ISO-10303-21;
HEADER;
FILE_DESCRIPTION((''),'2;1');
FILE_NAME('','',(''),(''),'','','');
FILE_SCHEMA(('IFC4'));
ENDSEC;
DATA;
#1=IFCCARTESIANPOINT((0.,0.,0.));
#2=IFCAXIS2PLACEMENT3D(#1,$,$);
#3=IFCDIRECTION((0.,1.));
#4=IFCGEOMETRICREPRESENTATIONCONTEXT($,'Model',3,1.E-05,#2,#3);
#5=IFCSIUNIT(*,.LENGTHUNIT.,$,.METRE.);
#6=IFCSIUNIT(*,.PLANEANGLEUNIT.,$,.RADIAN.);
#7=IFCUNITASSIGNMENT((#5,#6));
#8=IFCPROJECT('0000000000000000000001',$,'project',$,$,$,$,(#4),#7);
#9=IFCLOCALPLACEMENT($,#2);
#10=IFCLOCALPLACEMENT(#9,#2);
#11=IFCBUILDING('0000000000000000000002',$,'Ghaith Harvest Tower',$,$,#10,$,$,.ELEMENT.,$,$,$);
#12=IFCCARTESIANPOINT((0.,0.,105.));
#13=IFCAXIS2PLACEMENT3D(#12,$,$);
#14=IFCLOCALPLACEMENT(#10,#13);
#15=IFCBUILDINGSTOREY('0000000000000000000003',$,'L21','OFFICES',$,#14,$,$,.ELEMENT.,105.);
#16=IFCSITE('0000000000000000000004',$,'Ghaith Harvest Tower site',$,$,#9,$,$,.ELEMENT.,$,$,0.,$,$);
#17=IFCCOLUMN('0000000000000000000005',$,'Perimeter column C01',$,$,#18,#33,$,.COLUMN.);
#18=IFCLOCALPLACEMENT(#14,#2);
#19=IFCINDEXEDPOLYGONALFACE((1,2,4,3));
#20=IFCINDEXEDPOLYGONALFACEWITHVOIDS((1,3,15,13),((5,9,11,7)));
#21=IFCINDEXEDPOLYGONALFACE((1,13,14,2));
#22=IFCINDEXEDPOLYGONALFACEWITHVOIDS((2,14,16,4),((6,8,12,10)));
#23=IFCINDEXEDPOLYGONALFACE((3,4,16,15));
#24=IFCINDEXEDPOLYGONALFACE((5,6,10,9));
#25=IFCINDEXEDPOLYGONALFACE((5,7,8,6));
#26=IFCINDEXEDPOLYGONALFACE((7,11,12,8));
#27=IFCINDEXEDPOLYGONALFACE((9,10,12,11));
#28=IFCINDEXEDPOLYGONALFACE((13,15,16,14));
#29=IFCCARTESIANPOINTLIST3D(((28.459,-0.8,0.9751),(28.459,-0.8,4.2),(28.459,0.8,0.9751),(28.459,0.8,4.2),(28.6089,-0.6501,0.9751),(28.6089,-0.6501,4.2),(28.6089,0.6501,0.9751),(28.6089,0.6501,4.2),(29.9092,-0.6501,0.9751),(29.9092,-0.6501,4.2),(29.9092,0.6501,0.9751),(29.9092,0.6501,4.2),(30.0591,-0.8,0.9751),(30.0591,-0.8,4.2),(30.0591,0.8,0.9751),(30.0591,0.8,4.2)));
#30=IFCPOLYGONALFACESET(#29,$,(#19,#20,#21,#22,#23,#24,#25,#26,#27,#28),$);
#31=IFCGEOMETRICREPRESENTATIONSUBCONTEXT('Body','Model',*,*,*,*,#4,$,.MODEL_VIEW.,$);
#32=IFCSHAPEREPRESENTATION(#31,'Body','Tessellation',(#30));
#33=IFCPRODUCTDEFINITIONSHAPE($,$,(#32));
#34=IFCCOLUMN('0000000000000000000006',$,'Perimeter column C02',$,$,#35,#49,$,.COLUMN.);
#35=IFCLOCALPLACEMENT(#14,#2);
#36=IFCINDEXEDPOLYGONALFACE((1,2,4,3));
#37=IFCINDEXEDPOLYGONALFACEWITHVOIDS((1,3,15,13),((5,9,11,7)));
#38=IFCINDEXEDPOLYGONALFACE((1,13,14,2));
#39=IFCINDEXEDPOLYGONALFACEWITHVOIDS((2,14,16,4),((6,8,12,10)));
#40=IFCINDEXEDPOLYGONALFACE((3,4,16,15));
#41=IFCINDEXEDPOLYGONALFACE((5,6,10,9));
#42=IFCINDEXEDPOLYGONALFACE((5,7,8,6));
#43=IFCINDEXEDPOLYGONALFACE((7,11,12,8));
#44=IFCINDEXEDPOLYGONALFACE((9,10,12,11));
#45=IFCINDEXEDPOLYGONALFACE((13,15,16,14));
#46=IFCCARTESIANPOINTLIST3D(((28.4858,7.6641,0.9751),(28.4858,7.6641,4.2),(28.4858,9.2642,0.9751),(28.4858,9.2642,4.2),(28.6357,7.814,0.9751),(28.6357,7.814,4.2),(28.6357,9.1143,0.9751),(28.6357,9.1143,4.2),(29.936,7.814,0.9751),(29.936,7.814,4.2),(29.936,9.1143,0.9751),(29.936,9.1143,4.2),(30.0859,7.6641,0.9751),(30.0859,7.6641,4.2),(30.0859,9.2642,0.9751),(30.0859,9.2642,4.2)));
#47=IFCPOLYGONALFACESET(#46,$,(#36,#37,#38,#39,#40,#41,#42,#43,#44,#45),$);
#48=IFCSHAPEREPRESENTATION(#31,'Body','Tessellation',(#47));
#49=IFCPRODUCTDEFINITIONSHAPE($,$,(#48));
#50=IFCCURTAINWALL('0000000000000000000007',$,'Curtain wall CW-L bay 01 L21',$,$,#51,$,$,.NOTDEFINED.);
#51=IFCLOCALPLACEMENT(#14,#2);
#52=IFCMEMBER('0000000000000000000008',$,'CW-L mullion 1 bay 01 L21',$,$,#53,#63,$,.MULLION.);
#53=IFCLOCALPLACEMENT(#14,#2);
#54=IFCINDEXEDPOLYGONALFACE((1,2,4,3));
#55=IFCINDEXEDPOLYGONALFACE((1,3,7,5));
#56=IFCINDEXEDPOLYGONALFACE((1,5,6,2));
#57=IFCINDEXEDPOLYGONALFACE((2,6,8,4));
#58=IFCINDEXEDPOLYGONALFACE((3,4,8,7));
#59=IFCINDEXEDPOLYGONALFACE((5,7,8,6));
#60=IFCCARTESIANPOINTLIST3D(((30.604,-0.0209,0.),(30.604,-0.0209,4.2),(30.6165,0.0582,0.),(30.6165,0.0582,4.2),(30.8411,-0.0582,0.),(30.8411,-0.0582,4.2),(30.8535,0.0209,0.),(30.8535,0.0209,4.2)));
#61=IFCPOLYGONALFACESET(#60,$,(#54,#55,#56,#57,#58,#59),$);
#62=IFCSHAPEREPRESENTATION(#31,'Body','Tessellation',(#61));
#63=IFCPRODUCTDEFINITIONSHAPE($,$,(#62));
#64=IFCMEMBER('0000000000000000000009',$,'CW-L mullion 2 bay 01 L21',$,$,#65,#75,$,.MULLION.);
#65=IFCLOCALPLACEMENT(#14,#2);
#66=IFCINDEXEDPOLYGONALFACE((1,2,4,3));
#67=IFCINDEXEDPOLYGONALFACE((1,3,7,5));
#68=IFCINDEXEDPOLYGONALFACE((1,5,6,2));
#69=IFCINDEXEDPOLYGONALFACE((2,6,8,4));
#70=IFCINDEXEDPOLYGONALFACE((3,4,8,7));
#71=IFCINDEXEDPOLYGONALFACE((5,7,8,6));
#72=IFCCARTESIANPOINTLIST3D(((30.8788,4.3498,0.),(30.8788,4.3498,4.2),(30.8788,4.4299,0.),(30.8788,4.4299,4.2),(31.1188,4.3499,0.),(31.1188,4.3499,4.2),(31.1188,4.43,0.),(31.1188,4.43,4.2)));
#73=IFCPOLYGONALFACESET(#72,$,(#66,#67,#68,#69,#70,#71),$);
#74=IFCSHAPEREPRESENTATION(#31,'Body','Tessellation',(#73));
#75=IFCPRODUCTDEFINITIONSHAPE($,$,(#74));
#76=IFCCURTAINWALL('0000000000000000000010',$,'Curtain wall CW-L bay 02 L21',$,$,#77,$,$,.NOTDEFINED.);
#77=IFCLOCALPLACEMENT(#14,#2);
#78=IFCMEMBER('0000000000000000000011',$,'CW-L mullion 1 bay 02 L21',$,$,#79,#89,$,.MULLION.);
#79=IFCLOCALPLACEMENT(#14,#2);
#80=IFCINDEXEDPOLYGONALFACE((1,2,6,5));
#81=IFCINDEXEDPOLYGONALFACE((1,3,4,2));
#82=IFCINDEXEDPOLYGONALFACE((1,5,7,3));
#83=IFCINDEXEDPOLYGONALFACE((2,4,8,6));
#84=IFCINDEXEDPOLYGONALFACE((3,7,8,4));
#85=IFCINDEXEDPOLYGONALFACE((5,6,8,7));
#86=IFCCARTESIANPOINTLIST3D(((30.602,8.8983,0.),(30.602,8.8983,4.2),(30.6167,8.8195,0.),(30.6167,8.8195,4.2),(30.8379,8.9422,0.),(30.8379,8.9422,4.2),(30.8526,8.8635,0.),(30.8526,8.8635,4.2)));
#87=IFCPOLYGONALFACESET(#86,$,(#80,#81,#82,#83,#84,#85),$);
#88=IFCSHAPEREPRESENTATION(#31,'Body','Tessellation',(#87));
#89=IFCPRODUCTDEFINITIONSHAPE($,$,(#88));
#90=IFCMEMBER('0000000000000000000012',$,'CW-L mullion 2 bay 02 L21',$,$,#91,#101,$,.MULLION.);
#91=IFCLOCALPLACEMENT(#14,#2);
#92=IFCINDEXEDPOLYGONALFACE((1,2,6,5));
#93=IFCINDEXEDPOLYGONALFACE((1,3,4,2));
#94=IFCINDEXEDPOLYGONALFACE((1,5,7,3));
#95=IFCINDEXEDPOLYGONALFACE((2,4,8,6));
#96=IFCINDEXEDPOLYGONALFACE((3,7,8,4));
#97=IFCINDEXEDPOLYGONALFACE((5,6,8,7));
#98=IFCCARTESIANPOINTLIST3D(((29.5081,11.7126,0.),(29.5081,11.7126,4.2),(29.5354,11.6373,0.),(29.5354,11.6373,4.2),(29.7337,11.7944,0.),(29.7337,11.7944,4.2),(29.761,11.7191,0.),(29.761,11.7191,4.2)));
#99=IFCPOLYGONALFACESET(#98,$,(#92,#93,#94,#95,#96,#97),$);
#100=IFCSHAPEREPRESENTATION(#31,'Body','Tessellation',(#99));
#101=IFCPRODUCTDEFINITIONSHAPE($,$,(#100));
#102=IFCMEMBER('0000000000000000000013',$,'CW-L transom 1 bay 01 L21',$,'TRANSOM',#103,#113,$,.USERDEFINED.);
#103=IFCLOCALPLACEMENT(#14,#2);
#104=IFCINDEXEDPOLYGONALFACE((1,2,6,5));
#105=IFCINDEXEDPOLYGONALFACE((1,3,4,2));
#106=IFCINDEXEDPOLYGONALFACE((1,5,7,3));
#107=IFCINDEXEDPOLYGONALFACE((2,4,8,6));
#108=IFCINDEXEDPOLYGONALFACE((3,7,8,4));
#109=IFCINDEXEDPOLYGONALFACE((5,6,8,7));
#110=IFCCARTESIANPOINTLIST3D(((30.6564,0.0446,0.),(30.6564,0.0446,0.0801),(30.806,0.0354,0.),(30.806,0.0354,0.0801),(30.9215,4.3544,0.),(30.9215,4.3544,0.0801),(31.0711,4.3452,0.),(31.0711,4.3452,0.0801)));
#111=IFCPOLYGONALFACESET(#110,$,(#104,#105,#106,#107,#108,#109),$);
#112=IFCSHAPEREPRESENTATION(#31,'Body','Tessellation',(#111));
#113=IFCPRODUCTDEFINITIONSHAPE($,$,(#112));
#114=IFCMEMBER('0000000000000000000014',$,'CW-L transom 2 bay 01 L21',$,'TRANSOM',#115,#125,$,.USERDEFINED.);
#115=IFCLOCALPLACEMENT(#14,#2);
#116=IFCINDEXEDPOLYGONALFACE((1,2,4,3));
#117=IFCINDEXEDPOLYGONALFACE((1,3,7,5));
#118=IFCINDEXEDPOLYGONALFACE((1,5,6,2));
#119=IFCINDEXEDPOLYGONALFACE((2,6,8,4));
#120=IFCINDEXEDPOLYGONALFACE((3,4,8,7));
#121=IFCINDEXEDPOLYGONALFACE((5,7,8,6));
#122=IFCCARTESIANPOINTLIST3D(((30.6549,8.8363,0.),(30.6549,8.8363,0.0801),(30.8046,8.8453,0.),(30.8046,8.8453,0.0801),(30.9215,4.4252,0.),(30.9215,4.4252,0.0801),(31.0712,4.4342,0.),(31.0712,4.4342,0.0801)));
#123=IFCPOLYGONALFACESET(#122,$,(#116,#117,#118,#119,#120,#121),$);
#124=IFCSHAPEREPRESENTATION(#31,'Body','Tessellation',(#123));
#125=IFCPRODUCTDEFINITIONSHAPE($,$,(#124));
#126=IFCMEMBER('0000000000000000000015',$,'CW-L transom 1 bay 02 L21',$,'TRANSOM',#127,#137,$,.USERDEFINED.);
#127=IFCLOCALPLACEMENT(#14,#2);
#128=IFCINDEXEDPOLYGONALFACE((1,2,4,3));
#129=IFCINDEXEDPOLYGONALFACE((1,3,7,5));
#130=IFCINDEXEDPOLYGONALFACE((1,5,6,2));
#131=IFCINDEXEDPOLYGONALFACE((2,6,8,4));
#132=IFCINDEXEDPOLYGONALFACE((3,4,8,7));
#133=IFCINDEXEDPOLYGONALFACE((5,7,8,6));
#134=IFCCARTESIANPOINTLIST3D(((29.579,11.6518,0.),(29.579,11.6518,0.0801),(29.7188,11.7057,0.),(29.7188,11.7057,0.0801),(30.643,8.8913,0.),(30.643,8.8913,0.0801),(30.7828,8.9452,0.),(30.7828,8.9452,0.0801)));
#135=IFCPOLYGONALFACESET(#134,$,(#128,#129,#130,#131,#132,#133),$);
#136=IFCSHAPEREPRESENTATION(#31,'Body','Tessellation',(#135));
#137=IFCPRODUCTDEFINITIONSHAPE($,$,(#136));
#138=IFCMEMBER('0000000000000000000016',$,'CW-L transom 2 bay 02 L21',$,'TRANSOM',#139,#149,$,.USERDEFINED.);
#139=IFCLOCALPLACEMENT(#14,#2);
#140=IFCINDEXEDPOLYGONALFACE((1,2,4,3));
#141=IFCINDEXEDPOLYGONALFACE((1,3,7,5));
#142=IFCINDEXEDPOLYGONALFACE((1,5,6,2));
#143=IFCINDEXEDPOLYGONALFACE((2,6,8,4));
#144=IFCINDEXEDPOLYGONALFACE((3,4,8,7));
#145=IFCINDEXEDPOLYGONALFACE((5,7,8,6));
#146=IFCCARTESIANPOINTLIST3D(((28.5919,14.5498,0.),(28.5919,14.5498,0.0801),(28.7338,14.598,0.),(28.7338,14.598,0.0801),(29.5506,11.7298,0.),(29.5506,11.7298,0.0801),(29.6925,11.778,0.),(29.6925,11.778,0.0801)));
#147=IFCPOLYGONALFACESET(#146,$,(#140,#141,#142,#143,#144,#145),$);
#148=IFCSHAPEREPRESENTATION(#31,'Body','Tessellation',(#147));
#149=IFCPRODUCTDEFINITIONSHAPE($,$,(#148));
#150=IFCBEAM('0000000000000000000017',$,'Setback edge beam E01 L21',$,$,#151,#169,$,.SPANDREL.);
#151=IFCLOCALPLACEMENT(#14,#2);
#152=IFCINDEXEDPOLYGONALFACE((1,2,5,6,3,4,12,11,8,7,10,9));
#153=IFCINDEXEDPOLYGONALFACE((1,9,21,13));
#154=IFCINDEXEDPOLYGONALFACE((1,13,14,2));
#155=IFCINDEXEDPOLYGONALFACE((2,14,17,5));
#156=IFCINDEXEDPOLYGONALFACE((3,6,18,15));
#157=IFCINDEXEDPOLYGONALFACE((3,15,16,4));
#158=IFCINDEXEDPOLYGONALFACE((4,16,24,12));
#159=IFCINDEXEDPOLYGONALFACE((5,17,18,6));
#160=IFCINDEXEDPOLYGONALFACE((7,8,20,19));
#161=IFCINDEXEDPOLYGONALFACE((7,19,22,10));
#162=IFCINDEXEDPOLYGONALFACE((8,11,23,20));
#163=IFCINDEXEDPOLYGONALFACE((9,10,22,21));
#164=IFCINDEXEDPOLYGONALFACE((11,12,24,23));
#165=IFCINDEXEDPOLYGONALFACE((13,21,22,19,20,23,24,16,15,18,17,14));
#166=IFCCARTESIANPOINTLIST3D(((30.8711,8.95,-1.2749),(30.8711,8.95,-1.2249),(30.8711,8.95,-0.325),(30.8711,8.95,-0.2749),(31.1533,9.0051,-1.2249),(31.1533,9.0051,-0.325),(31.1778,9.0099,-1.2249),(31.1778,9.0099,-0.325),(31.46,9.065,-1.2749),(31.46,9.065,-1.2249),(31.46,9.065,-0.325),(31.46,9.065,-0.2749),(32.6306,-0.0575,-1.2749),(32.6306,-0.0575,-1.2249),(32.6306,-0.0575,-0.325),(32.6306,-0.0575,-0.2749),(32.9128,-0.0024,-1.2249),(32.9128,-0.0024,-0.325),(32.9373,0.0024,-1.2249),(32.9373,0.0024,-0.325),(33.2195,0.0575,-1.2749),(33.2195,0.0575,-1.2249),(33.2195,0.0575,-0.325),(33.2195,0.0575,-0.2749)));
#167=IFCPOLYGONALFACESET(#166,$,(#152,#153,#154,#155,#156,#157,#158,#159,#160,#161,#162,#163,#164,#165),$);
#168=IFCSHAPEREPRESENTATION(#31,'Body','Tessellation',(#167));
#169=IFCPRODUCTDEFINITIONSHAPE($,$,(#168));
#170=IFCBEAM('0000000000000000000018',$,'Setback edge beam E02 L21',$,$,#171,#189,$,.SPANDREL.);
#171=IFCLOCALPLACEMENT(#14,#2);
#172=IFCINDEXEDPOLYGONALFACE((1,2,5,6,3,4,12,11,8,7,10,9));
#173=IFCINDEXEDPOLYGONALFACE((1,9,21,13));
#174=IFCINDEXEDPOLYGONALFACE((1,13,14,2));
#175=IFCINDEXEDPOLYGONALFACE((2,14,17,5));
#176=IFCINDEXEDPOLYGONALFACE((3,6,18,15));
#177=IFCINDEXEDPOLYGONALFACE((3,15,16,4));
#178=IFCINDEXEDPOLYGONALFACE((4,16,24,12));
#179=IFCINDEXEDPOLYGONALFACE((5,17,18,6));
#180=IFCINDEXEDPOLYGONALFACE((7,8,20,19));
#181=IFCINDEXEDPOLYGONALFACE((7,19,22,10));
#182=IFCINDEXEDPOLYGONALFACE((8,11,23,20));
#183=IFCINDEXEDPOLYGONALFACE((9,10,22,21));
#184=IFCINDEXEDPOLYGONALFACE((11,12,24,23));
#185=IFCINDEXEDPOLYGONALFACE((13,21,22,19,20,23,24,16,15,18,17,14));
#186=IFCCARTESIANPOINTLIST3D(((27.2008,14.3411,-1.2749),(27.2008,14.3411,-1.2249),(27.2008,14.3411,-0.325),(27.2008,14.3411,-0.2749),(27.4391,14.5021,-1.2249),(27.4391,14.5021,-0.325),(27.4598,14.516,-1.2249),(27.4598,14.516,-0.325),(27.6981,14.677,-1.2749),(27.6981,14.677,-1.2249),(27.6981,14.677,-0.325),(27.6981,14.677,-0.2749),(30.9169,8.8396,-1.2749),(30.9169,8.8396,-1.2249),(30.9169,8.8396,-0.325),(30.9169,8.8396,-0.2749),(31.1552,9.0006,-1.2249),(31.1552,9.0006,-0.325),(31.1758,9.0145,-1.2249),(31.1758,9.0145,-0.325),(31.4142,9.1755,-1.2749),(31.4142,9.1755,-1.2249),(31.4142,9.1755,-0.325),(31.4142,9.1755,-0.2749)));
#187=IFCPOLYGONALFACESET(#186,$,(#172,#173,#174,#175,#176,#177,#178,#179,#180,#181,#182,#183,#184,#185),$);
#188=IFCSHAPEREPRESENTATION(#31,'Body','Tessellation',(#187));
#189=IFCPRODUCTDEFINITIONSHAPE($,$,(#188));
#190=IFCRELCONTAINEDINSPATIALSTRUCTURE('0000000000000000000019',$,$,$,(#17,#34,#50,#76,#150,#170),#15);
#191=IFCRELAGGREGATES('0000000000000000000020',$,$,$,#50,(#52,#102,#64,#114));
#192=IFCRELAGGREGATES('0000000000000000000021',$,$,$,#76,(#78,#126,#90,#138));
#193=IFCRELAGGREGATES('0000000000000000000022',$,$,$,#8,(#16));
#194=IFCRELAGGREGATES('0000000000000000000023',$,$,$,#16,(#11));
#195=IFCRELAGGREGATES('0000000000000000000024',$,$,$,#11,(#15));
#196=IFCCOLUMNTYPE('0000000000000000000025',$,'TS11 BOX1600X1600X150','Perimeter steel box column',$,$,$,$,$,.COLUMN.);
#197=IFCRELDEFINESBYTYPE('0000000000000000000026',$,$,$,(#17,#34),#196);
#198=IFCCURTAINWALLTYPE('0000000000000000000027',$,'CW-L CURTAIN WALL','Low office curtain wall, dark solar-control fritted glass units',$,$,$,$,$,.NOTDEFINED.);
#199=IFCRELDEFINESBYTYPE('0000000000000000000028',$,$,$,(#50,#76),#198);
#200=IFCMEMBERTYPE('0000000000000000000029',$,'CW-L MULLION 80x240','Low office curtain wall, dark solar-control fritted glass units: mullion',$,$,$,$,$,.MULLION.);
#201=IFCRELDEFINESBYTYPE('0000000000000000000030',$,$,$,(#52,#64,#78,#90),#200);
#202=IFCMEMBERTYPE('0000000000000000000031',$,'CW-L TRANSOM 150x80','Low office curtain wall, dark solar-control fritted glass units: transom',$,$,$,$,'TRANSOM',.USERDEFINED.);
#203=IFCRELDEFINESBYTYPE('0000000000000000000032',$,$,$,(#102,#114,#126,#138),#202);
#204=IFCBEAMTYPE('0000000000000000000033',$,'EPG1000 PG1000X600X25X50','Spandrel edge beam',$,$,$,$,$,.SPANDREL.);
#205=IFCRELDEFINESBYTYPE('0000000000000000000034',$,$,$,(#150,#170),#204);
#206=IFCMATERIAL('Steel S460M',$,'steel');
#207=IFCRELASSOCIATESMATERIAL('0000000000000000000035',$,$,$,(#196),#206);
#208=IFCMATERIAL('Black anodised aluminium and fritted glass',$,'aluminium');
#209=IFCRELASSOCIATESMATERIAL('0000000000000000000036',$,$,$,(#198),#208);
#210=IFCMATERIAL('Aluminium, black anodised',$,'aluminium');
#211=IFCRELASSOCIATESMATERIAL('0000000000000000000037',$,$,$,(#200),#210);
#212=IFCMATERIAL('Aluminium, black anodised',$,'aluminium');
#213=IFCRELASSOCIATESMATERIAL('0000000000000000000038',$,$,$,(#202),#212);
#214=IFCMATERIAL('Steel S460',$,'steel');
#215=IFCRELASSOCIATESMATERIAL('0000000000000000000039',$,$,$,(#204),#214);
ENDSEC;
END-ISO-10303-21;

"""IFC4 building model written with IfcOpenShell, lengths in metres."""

from ifc_helpers import new_model, si_unit, direction, frame, origin, origin_2d, place, context, subcontext, project, spatial, rectangle, hollow_rectangle, i_section, extrude, material, material_profile, profile_set, type_object, element, aggregate, save


model = new_model("IFC4")

# Units and contexts
model_context = context("Model", 3, precision=1e-05, world=origin(), true_north=direction((0.0, 1.0)))
body_context = subcontext(model_context, "Body", "Model", "MODEL_VIEW")
ifc_project = project(units=[si_unit("LENGTHUNIT", "METRE"), si_unit("PLANEANGLEUNIT", "RADIAN")], contexts=[model_context])

# Site, building, storey
site_placement = place(None, origin())
site = spatial("IfcSite", under=ifc_project, at=site_placement, Name="Ghaith Harvest Tower site", CompositionType="ELEMENT", RefElevation=0.0)
building_placement = place(site_placement, origin())
building = spatial("IfcBuilding", under=site, at=building_placement, Name="Ghaith Harvest Tower", CompositionType="ELEMENT")
storey_placement = place(building_placement, frame((0.0, 0.0, 105.0)))
storey = spatial("IfcBuildingStorey", under=building, at=storey_placement, Name="L21", Description="OFFICES", CompositionType="ELEMENT", Elevation=105.0)

# Columns
ifc_material_1 = material(Name="Steel S460M", Category="steel")
ifc_material_profile_1 = material_profile(ifc_material_1, hollow_rectangle(XDim=1.6001, YDim=1.6001, WallThickness=0.1499, at=origin_2d()), Name="BOX1600X1600X150")
ifc_profile_set_1 = profile_set([ifc_material_profile_1], Name="Steel S460M")
column_type = type_object("IfcColumnType", Name="TS11 BOX1600X1600X150", Description="Perimeter steel box column", PredefinedType="COLUMN", material=ifc_profile_set_1)
for number, where, z_axis, x_axis, name in (
    (1, (29.259, 0.0, 0.9751), (0.0, 0.0, 1.0), (1.0, 0.0, 0.0), "Perimeter column C01"),
    (2, (29.2859, 8.4641, 0.9751), (0.0, 0.0, 1.0), (1.0, 0.0, 0.0), "Perimeter column C02"),
):
    element("IfcColumn", number, at=place(storey_placement, frame(where, z_axis=z_axis, x_axis=x_axis)), inside=storey, type_object=column_type, Name=name, PredefinedType="COLUMN", context=body_context, shape_type="SweptSolid", body=[
        extrude(hollow_rectangle(XDim=1.6001, YDim=1.6001, WallThickness=0.1499, at=origin_2d()), origin(), (0.0, 0.0, 1.0), 3.2249),
    ])

# Curtain walls, members
ifc_material_2 = material(Name="Black anodised aluminium and fritted glass", Category="aluminium")
curtain_wall_type = type_object("IfcCurtainWallType", Name="CW-L CURTAIN WALL", Description="Low office curtain wall, dark solar-control fritted glass units", PredefinedType="NOTDEFINED", material=ifc_material_2)
curtain_wall_1_placement = place(storey_placement, origin())
curtain_wall_1 = element("IfcCurtainWall", 3, at=curtain_wall_1_placement, inside=storey, type_object=curtain_wall_type, Name="Curtain wall CW-L bay 01 L21", PredefinedType="NOTDEFINED")
ifc_material_3 = material(Name="Aluminium, black anodised", Category="aluminium")
ifc_material_profile_2 = material_profile(ifc_material_3, rectangle(XDim=0.0801, YDim=0.24, at=origin_2d()), Name="CW-L MULLION 80x240")
ifc_profile_set_2 = profile_set([ifc_material_profile_2], Name="Aluminium, black anodised")
member_type_1 = type_object("IfcMemberType", Name="CW-L MULLION 80x240", Description="Low office curtain wall, dark solar-control fritted glass units: mullion", PredefinedType="MULLION", material=ifc_profile_set_2)
member_1_placement = place(storey_placement, frame((30.7288, 0.0, 0.0), z_axis=(0.0, 0.0, 1.0), x_axis=(0.155597, 0.987821, 0.0)))
member_1 = element("IfcMember", 4, at=member_1_placement, type_object=member_type_1, Name="CW-L mullion 1 bay 01 L21", PredefinedType="MULLION", context=body_context, shape_type="SweptSolid", body=[
    extrude(rectangle(XDim=0.0801, YDim=0.24, at=origin_2d()), origin(), (0.0, 0.0, 1.0), 4.2),
])
member_2_placement = place(storey_placement, frame((30.9988, 4.3899, 0.0), z_axis=(0.0, 0.0, 1.0), x_axis=(-0.000162, 1.0, 0.0)))
member_2 = element("IfcMember", 5, at=member_2_placement, type_object=member_type_1, Name="CW-L mullion 2 bay 01 L21", PredefinedType="MULLION", context=body_context, shape_type="SweptSolid", body=[
    extrude(rectangle(XDim=0.0801, YDim=0.24, at=origin_2d()), origin(), (0.0, 0.0, 1.0), 4.2),
])
curtain_wall_2_placement = place(storey_placement, origin())
curtain_wall_2 = element("IfcCurtainWall", 6, at=curtain_wall_2_placement, inside=storey, type_object=curtain_wall_type, Name="Curtain wall CW-L bay 02 L21", PredefinedType="NOTDEFINED")
member_3_placement = place(storey_placement, frame((30.7273, 8.8809, 0.0), z_axis=(0.0, 0.0, 1.0), x_axis=(-0.18307, 0.9831, 0.0)))
member_3 = element("IfcMember", 7, at=member_3_placement, type_object=member_type_1, Name="CW-L mullion 1 bay 02 L21", PredefinedType="MULLION", context=body_context, shape_type="SweptSolid", body=[
    extrude(rectangle(XDim=0.0801, YDim=0.24, at=origin_2d()), origin(), (0.0, 0.0, 1.0), 4.2),
])
member_4_placement = place(storey_placement, frame((29.6345, 11.7158, 0.0), z_axis=(0.0, 0.0, 1.0), x_axis=(-0.340771, 0.940146, 0.0)))
member_4 = element("IfcMember", 8, at=member_4_placement, type_object=member_type_1, Name="CW-L mullion 2 bay 02 L21", PredefinedType="MULLION", context=body_context, shape_type="SweptSolid", body=[
    extrude(rectangle(XDim=0.0801, YDim=0.24, at=origin_2d()), origin(), (0.0, 0.0, 1.0), 4.2),
])

# Members
ifc_material_4 = material(Name="Aluminium, black anodised", Category="aluminium")
ifc_material_profile_3 = material_profile(ifc_material_4, rectangle(XDim=0.1499, YDim=0.0801, at=origin_2d()), Name="CW-L TRANSOM 150x80")
ifc_profile_set_3 = profile_set([ifc_material_profile_3], Name="Aluminium, black anodised")
member_type_2 = type_object("IfcMemberType", Name="CW-L TRANSOM 150x80", Description="Low office curtain wall, dark solar-control fritted glass units: transom", ElementType="TRANSOM", PredefinedType="USERDEFINED", material=ifc_profile_set_3)
member_5_placement = place(storey_placement, frame((30.7312, 0.04, 0.04), z_axis=(0.061403, 0.998113, 0.0), x_axis=(-0.998113, 0.061403, 0.0)))
member_5 = element("IfcMember", 9, at=member_5_placement, type_object=member_type_2, Name="CW-L transom 1 bay 01 L21", ObjectType="TRANSOM", PredefinedType="USERDEFINED", context=body_context, shape_type="SweptSolid", body=[
    extrude(rectangle(XDim=0.1499, YDim=0.0801, at=origin_2d()), origin(), (0.0, 0.0, 1.0), 4.3179),
])
member_6_placement = place(storey_placement, frame((30.9963, 4.4297, 0.04), z_axis=(-0.060328, 0.998179, 0.0), x_axis=(-0.998179, -0.060328, 0.0)))
member_6 = element("IfcMember", 10, at=member_6_placement, type_object=member_type_2, Name="CW-L transom 2 bay 01 L21", ObjectType="TRANSOM", PredefinedType="USERDEFINED", context=body_context, shape_type="SweptSolid", body=[
    extrude(rectangle(XDim=0.1499, YDim=0.0801, at=origin_2d()), origin(), (0.0, 0.0, 1.0), 4.4192),
])
member_7_placement = place(storey_placement, frame((30.7129, 8.9182, 0.04), z_axis=(-0.359637, 0.933092, 0.0), x_axis=(-0.933092, -0.359637, 0.0)))
member_7 = element("IfcMember", 11, at=member_7_placement, type_object=member_type_2, Name="CW-L transom 1 bay 02 L21", ObjectType="TRANSOM", PredefinedType="USERDEFINED", context=body_context, shape_type="SweptSolid", body=[
    extrude(rectangle(XDim=0.1499, YDim=0.0801, at=origin_2d()), origin(), (0.0, 0.0, 1.0), 2.9585),
])
member_8_placement = place(storey_placement, frame((29.6216, 11.7539, 0.04), z_axis=(-0.321878, 0.946781, 0.0), x_axis=(-0.946781, -0.321878, 0.0)))
member_8 = element("IfcMember", 12, at=member_8_placement, type_object=member_type_2, Name="CW-L transom 2 bay 02 L21", ObjectType="TRANSOM", PredefinedType="USERDEFINED", context=body_context, shape_type="SweptSolid", body=[
    extrude(rectangle(XDim=0.1499, YDim=0.0801, at=origin_2d()), origin(), (0.0, 0.0, 1.0), 2.9785),
])

# Beams
ifc_material_5 = material(Name="Steel S460", Category="steel")
ifc_material_profile_4 = material_profile(ifc_material_5, i_section(OverallWidth=0.6001, OverallDepth=1.0, WebThickness=0.0249, FlangeThickness=0.05, at=origin_2d()), Name="PG1000X600X25X50")
ifc_profile_set_4 = profile_set([ifc_material_profile_4], Name="Steel S460")
beam_type_1 = type_object("IfcBeamType", Name="EPG1000 PG1000X600X25X50", Description="Spandrel edge beam", PredefinedType="SPANDREL", material=ifc_profile_set_4)
beam_1_placement = place(storey_placement, frame((32.925, 0.0, -0.7749), z_axis=(-0.191715, 0.981451, 0.0), x_axis=(-0.981451, -0.191715, 0.0)))
element("IfcBeam", 13, at=beam_1_placement, inside=storey, type_object=beam_type_1, Name="Setback edge beam E01 L21", PredefinedType="SPANDREL", context=body_context, shape_type="SweptSolid", body=[
    extrude(i_section(OverallWidth=0.6001, OverallDepth=1.0, WebThickness=0.0249, FlangeThickness=0.05, at=origin_2d()), origin(), (0.0, 0.0, 1.0), 9.1777),
])
beam_2_placement = place(storey_placement, frame((31.1655, 9.0076, -0.7749), z_axis=(-0.559739, 0.828669, 0.0), x_axis=(-0.828669, -0.559739, 0.0)))
element("IfcBeam", 14, at=beam_2_placement, inside=storey, type_object=beam_type_1, Name="Setback edge beam E02 L21", PredefinedType="SPANDREL", context=body_context, shape_type="SweptSolid", body=[
    extrude(i_section(OverallWidth=0.6001, OverallDepth=1.0, WebThickness=0.0249, FlangeThickness=0.05, at=origin_2d()), origin(), (0.0, 0.0, 1.0), 6.6389),
])

aggregate(curtain_wall_1, [member_1, member_5, member_2, member_6])
aggregate(curtain_wall_2, [member_3, member_7, member_4, member_8])

save(model, "model.ifc")
